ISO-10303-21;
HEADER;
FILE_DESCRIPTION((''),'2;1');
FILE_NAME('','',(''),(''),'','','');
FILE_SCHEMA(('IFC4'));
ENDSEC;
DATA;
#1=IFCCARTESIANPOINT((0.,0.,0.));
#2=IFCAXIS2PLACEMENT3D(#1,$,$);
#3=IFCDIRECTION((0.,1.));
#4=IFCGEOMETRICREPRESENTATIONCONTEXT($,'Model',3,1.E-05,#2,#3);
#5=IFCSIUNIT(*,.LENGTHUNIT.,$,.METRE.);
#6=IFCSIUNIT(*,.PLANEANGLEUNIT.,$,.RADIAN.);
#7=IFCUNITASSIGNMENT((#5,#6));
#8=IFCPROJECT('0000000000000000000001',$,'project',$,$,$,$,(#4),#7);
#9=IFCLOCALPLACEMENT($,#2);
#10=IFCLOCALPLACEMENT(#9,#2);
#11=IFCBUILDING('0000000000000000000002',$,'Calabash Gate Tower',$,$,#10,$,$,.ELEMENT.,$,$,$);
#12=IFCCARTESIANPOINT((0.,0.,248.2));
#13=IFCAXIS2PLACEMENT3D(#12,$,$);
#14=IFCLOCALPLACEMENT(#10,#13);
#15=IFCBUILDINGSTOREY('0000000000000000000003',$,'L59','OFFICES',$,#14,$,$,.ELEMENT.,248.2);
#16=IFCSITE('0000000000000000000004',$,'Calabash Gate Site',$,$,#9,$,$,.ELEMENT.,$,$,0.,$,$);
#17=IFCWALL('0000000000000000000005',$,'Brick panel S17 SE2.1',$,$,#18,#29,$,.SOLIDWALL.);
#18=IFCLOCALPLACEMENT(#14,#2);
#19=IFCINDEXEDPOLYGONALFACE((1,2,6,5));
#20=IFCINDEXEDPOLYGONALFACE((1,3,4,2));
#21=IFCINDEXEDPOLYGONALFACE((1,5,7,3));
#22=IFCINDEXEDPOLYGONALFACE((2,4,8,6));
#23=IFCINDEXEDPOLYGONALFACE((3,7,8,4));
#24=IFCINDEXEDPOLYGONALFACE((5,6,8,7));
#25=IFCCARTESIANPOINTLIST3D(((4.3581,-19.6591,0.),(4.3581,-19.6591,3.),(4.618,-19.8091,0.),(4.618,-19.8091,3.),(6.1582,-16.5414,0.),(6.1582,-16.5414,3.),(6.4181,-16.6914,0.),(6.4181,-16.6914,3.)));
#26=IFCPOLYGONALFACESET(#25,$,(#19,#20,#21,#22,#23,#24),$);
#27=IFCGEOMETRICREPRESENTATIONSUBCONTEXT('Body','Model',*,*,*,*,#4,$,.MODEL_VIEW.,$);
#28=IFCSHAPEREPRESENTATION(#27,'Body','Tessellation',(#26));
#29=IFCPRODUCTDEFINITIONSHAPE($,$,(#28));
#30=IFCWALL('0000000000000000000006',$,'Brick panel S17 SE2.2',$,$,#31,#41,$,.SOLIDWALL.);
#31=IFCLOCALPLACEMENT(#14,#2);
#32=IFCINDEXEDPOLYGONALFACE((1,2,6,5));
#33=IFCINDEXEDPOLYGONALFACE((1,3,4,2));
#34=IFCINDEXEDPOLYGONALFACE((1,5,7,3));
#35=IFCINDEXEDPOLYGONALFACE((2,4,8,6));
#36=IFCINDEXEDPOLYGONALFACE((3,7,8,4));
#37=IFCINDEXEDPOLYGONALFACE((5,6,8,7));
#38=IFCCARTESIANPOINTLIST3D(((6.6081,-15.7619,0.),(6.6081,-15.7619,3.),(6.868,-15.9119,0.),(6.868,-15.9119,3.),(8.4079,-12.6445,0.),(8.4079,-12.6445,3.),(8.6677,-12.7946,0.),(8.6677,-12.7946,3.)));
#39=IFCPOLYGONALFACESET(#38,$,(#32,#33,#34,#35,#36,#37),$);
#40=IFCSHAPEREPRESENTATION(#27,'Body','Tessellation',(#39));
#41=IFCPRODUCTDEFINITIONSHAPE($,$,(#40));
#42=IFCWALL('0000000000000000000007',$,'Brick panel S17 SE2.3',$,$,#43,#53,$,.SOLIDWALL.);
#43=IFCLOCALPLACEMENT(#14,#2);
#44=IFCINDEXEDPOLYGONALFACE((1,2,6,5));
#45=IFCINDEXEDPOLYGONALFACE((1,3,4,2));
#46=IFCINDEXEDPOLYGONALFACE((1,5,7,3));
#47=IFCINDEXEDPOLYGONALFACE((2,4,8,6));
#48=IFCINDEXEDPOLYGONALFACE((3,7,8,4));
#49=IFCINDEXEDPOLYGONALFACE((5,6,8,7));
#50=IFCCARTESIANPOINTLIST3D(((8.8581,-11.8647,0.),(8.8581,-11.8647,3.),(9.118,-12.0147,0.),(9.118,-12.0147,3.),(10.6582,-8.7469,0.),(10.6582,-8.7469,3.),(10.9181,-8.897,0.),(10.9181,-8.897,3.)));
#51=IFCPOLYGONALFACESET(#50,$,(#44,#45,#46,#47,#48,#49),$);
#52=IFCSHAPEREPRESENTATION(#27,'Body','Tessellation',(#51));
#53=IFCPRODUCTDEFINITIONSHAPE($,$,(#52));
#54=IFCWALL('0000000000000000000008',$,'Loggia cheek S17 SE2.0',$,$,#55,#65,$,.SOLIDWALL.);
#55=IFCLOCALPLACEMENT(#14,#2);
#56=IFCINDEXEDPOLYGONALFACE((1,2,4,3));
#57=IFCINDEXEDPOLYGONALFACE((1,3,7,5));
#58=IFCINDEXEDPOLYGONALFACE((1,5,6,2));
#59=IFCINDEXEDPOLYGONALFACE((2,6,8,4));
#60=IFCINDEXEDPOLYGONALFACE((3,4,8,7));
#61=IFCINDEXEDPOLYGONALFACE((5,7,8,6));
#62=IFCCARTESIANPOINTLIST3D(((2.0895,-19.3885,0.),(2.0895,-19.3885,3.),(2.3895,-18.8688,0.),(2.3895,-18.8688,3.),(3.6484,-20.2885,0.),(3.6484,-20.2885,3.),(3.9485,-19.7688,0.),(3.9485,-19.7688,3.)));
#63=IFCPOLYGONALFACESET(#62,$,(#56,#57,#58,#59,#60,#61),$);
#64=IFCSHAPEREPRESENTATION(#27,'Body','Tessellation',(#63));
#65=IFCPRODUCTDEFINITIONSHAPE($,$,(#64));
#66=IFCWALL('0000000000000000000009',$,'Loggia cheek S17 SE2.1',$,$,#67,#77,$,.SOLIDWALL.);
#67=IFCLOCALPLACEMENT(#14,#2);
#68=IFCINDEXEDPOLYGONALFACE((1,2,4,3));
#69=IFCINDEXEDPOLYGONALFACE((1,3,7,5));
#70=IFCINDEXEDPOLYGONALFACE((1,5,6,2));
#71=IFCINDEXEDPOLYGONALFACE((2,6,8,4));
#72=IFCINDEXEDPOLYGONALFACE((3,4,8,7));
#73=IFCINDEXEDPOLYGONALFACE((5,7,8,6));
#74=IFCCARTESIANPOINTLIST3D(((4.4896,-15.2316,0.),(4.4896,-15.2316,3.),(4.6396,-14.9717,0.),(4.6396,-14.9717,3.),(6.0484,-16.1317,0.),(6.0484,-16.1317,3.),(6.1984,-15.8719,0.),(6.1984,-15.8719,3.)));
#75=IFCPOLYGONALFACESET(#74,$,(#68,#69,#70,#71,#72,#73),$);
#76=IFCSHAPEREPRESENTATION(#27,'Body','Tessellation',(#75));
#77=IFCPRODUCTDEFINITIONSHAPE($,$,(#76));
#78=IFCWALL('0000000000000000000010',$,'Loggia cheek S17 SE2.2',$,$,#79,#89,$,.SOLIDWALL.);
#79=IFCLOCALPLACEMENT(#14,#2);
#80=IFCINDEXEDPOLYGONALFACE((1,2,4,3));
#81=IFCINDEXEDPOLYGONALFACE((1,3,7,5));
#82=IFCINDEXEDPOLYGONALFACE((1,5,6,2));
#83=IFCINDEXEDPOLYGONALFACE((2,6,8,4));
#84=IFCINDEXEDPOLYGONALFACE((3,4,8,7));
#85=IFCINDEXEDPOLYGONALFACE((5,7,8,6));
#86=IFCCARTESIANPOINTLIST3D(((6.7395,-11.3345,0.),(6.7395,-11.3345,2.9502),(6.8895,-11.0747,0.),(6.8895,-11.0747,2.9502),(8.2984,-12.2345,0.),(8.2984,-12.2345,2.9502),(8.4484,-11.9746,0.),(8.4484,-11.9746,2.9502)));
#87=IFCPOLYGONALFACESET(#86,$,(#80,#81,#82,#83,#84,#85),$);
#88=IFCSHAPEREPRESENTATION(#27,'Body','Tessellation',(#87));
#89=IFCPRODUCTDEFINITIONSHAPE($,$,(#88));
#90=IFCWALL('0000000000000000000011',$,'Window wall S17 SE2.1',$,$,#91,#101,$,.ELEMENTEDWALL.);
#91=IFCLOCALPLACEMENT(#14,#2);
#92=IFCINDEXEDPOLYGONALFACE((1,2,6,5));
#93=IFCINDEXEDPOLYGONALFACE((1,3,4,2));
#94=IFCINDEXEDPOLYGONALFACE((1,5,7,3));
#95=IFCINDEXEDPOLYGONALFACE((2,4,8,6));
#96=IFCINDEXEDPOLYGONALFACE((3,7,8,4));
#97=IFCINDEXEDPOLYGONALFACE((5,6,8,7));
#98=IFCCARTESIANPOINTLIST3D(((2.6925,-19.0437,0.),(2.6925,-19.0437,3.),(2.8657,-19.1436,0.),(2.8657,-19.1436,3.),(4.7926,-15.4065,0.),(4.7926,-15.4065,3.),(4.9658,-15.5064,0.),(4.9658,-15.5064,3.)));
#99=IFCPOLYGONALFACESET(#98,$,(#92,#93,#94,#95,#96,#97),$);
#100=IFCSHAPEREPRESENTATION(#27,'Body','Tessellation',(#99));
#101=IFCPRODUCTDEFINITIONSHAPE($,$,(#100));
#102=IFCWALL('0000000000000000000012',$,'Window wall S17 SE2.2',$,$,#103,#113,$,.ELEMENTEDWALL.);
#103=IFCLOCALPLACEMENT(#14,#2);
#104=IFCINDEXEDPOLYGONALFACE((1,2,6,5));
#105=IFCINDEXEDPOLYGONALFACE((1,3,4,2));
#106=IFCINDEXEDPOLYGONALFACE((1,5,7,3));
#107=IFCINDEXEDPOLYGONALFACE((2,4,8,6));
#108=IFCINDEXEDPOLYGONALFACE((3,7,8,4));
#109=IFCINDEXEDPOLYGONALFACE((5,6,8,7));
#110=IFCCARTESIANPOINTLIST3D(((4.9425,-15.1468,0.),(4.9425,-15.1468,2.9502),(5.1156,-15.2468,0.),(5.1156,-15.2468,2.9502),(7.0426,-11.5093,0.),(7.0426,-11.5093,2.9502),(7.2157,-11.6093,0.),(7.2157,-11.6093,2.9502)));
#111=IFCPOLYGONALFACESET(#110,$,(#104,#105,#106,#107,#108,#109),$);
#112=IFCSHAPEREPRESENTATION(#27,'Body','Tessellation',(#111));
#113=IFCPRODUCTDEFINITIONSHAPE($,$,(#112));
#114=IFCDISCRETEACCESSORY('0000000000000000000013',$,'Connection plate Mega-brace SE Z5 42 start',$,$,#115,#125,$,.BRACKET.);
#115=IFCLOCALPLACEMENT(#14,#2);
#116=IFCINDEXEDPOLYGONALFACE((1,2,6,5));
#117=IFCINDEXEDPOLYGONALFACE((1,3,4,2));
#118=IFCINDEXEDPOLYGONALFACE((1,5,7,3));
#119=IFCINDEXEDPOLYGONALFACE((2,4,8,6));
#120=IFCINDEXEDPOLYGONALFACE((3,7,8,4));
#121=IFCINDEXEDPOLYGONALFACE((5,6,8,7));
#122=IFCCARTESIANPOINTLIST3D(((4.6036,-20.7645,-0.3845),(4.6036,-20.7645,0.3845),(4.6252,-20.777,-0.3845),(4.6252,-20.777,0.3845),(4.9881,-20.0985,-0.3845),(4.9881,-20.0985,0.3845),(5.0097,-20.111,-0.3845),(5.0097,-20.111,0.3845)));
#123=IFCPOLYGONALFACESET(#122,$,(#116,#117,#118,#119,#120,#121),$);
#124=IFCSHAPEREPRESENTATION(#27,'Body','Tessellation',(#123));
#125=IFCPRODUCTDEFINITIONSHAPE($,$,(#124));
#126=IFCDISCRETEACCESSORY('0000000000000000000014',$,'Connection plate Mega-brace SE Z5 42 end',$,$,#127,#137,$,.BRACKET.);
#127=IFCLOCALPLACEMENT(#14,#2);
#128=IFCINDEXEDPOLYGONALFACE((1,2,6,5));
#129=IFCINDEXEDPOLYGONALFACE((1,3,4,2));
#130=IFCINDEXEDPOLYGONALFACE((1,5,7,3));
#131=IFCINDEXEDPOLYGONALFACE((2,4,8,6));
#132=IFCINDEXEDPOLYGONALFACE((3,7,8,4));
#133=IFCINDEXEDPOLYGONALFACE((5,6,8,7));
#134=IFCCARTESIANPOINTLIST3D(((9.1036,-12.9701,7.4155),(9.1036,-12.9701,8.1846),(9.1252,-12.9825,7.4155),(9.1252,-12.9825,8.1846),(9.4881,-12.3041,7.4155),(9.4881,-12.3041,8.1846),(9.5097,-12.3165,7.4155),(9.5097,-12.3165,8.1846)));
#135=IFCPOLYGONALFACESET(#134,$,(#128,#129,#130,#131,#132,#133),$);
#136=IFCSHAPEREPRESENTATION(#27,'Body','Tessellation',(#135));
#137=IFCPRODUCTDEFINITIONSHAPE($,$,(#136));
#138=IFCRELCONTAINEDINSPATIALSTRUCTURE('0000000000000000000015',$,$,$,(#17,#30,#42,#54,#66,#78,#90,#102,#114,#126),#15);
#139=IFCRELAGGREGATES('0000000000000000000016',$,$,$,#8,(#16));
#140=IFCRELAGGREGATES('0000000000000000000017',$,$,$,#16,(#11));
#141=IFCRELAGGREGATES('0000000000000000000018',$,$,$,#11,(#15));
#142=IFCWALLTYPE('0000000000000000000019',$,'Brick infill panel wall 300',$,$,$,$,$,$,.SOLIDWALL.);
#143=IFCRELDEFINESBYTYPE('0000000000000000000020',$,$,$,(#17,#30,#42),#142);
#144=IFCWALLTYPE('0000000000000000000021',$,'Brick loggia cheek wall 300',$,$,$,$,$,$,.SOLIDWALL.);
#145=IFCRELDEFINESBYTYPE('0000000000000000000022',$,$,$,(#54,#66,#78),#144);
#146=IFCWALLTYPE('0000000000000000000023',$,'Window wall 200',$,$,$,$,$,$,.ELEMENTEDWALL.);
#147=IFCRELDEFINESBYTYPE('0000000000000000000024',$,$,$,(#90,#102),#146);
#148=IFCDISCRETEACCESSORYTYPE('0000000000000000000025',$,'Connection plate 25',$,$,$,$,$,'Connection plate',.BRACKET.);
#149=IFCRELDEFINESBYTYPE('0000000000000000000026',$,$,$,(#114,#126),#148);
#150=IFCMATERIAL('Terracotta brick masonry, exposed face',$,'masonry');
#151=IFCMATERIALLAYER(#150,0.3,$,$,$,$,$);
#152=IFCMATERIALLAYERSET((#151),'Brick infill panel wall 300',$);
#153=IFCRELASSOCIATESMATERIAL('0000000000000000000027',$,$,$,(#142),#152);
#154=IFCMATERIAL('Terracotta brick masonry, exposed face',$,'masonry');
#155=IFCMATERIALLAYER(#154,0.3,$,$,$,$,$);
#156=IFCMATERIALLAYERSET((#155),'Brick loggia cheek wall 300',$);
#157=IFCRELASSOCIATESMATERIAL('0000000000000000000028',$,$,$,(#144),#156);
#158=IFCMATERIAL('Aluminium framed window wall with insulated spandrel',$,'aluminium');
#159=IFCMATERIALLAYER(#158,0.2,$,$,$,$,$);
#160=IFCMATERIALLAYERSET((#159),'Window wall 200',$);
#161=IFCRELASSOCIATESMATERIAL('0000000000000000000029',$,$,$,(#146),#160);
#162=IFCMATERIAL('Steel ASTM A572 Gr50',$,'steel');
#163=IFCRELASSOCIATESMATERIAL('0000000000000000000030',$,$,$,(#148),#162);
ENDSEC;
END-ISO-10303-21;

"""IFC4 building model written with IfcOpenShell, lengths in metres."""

from ifc_helpers import new_model, si_unit, direction, frame, frame_2d, origin, origin_2d, place, context, subcontext, project, spatial, rectangle, extrude, material, layer, layer_set, type_object, element, save


model = new_model("IFC4")

# Units and contexts
model_context = context("Model", 3, precision=1e-05, world=origin(), true_north=direction((0.0, 1.0)))
body_context = subcontext(model_context, "Body", "Model", "MODEL_VIEW")
ifc_project = project(units=[si_unit("LENGTHUNIT", "METRE"), si_unit("PLANEANGLEUNIT", "RADIAN")], contexts=[model_context])

# Site, building, storey
site_placement = place(None, origin())
site = spatial("IfcSite", under=ifc_project, at=site_placement, Name="Calabash Gate Site", CompositionType="ELEMENT", RefElevation=0.0)
building_placement = place(site_placement, origin())
building = spatial("IfcBuilding", under=site, at=building_placement, Name="Calabash Gate Tower", CompositionType="ELEMENT")
storey_placement = place(building_placement, frame((0.0, 0.0, 248.2)))
storey = spatial("IfcBuildingStorey", under=building, at=storey_placement, Name="L59", Description="OFFICES", CompositionType="ELEMENT", Elevation=248.2)

# Walls
ifc_material_1 = material(Name="Terracotta brick masonry, exposed face", Category="masonry")
ifc_layer_1 = layer(ifc_material_1, 0.3)
ifc_layer_set_1 = layer_set([ifc_layer_1], Name="Brick infill panel wall 300")
wall_type_1 = type_object("IfcWallType", Name="Brick infill panel wall 300", PredefinedType="SOLIDWALL", material=ifc_layer_set_1)
wall_1_placement = place(storey_placement, frame((4.488, -19.7341, 0.0), z_axis=(0.0, 0.0, 1.0), x_axis=(0.500012, 0.866018, 0.0)))
element("IfcWall", 1, at=wall_1_placement, inside=storey, type_object=wall_type_1, Name="Brick panel S17 SE2.1", PredefinedType="SOLIDWALL", context=body_context, shape_type="SweptSolid", body=[
    extrude(rectangle(XDim=3.6001, YDim=0.3, at=frame_2d((1.8, 0.0))), origin(), (0.0, 0.0, 1.0), 3.0),
])
wall_2_placement = place(storey_placement, frame((6.738, -15.8369, 0.0), z_axis=(0.0, 0.0, 1.0), x_axis=(0.499991, 0.866031, 0.0)))
element("IfcWall", 2, at=wall_2_placement, inside=storey, type_object=wall_type_1, Name="Brick panel S17 SE2.2", PredefinedType="SOLIDWALL", context=body_context, shape_type="SweptSolid", body=[
    extrude(rectangle(XDim=3.5996, YDim=0.3, at=frame_2d((1.7998, 0.0))), origin(), (0.0, 0.0, 1.0), 3.0),
])
wall_3_placement = place(storey_placement, frame((8.988, -11.9397, 0.0), z_axis=(0.0, 0.0, 1.0), x_axis=(0.500012, 0.866018, 0.0)))
element("IfcWall", 3, at=wall_3_placement, inside=storey, type_object=wall_type_1, Name="Brick panel S17 SE2.3", PredefinedType="SOLIDWALL", context=body_context, shape_type="SweptSolid", body=[
    extrude(rectangle(XDim=3.6001, YDim=0.3, at=frame_2d((1.8, 0.0))), origin(), (0.0, 0.0, 1.0), 3.0),
])
ifc_material_2 = material(Name="Terracotta brick masonry, exposed face", Category="masonry")
ifc_layer_2 = layer(ifc_material_2, 0.3)
ifc_layer_set_2 = layer_set([ifc_layer_2], Name="Brick loggia cheek wall 300")
wall_type_2 = type_object("IfcWallType", Name="Brick loggia cheek wall 300", PredefinedType="SOLIDWALL", material=ifc_layer_set_2)
wall_4_placement = place(storey_placement, frame((3.7983, -20.0286, 0.0), z_axis=(0.0, 0.0, 1.0), x_axis=(-0.866048, 0.499961, 0.0)))
element("IfcWall", 4, at=wall_4_placement, inside=storey, type_object=wall_type_2, Name="Loggia cheek S17 SE2.0", PredefinedType="SOLIDWALL", context=body_context, shape_type="SweptSolid", body=[
    extrude(rectangle(XDim=1.8, YDim=0.6001, at=frame_2d((0.8999, 0.0))), origin(), (0.0, 0.0, 1.0), 3.0),
])
wall_5_placement = place(storey_placement, frame((6.1233, -16.0017, 0.0), z_axis=(0.0, 0.0, 1.0), x_axis=(-0.865989, 0.500063, 0.0)))
element("IfcWall", 5, at=wall_5_placement, inside=storey, type_object=wall_type_2, Name="Loggia cheek S17 SE2.1", PredefinedType="SOLIDWALL", context=body_context, shape_type="SweptSolid", body=[
    extrude(rectangle(XDim=1.8, YDim=0.3, at=frame_2d((0.8999, 0.0))), origin(), (0.0, 0.0, 1.0), 3.0),
])
wall_6_placement = place(storey_placement, frame((8.3733, -12.1045, 0.0), z_axis=(0.0, 0.0, 1.0), x_axis=(-0.866048, 0.499961, 0.0)))
element("IfcWall", 6, at=wall_6_placement, inside=storey, type_object=wall_type_2, Name="Loggia cheek S17 SE2.2", PredefinedType="SOLIDWALL", context=body_context, shape_type="SweptSolid", body=[
    extrude(rectangle(XDim=1.8, YDim=0.3, at=frame_2d((0.8999, 0.0))), origin(), (0.0, 0.0, 1.0), 2.9502),
])
ifc_material_3 = material(Name="Aluminium framed window wall with insulated spandrel", Category="aluminium")
ifc_layer_3 = layer(ifc_material_3, 0.2)
ifc_layer_set_3 = layer_set([ifc_layer_3], Name="Window wall 200")
wall_type_3 = type_object("IfcWallType", Name="Window wall 200", PredefinedType="ELEMENTEDWALL", material=ifc_layer_set_3)
wall_7_placement = place(storey_placement, frame((2.7791, -19.0938, 0.0), z_axis=(0.0, 0.0, 1.0), x_axis=(0.500028, 0.866009, 0.0)))
element("IfcWall", 7, at=wall_7_placement, inside=storey, type_object=wall_type_3, Name="Window wall S17 SE2.1", PredefinedType="ELEMENTEDWALL", context=body_context, shape_type="SweptSolid", body=[
    extrude(rectangle(XDim=4.2, YDim=0.2, at=frame_2d((2.1001, 0.0))), origin(), (0.0, 0.0, 1.0), 3.0),
])
wall_8_placement = place(storey_placement, frame((5.0291, -15.1968, 0.0), z_axis=(0.0, 0.0, 1.0), x_axis=(0.500003, 0.866024, 0.0)))
element("IfcWall", 8, at=wall_8_placement, inside=storey, type_object=wall_type_3, Name="Window wall S17 SE2.2", PredefinedType="ELEMENTEDWALL", context=body_context, shape_type="SweptSolid", body=[
    extrude(rectangle(XDim=4.2002, YDim=0.2, at=frame_2d((2.1001, 0.0))), origin(), (0.0, 0.0, 1.0), 2.9502),
])

# Discrete accessories
ifc_material_4 = material(Name="Steel ASTM A572 Gr50", Category="steel")
discrete_accessory_type = type_object("IfcDiscreteAccessoryType", Name="Connection plate 25", ElementType="Connection plate", PredefinedType="BRACKET", material=ifc_material_4)
for number, where, z_axis, x_axis, name in (
    (9, (4.8066, -20.4377, -0.3845), (0.0, 0.0, 1.0), (0.5, 0.866025, 0.0), "Connection plate Mega-brace SE Z5 42 start"),
    (10, (9.3066, -12.6433, 7.4155), (0.0, 0.0, 1.0), (0.5, 0.866025, 0.0), "Connection plate Mega-brace SE Z5 42 end"),
):
    element("IfcDiscreteAccessory", number, at=place(storey_placement, frame(where, z_axis=z_axis, x_axis=x_axis)), inside=storey, type_object=discrete_accessory_type, Name=name, PredefinedType="BRACKET", context=body_context, shape_type="SweptSolid", body=[
        extrude(rectangle(XDim=0.769, YDim=0.0249, at=origin_2d()), origin(), (0.0, 0.0, 1.0), 0.769),
    ])

save(model, "model.ifc")
